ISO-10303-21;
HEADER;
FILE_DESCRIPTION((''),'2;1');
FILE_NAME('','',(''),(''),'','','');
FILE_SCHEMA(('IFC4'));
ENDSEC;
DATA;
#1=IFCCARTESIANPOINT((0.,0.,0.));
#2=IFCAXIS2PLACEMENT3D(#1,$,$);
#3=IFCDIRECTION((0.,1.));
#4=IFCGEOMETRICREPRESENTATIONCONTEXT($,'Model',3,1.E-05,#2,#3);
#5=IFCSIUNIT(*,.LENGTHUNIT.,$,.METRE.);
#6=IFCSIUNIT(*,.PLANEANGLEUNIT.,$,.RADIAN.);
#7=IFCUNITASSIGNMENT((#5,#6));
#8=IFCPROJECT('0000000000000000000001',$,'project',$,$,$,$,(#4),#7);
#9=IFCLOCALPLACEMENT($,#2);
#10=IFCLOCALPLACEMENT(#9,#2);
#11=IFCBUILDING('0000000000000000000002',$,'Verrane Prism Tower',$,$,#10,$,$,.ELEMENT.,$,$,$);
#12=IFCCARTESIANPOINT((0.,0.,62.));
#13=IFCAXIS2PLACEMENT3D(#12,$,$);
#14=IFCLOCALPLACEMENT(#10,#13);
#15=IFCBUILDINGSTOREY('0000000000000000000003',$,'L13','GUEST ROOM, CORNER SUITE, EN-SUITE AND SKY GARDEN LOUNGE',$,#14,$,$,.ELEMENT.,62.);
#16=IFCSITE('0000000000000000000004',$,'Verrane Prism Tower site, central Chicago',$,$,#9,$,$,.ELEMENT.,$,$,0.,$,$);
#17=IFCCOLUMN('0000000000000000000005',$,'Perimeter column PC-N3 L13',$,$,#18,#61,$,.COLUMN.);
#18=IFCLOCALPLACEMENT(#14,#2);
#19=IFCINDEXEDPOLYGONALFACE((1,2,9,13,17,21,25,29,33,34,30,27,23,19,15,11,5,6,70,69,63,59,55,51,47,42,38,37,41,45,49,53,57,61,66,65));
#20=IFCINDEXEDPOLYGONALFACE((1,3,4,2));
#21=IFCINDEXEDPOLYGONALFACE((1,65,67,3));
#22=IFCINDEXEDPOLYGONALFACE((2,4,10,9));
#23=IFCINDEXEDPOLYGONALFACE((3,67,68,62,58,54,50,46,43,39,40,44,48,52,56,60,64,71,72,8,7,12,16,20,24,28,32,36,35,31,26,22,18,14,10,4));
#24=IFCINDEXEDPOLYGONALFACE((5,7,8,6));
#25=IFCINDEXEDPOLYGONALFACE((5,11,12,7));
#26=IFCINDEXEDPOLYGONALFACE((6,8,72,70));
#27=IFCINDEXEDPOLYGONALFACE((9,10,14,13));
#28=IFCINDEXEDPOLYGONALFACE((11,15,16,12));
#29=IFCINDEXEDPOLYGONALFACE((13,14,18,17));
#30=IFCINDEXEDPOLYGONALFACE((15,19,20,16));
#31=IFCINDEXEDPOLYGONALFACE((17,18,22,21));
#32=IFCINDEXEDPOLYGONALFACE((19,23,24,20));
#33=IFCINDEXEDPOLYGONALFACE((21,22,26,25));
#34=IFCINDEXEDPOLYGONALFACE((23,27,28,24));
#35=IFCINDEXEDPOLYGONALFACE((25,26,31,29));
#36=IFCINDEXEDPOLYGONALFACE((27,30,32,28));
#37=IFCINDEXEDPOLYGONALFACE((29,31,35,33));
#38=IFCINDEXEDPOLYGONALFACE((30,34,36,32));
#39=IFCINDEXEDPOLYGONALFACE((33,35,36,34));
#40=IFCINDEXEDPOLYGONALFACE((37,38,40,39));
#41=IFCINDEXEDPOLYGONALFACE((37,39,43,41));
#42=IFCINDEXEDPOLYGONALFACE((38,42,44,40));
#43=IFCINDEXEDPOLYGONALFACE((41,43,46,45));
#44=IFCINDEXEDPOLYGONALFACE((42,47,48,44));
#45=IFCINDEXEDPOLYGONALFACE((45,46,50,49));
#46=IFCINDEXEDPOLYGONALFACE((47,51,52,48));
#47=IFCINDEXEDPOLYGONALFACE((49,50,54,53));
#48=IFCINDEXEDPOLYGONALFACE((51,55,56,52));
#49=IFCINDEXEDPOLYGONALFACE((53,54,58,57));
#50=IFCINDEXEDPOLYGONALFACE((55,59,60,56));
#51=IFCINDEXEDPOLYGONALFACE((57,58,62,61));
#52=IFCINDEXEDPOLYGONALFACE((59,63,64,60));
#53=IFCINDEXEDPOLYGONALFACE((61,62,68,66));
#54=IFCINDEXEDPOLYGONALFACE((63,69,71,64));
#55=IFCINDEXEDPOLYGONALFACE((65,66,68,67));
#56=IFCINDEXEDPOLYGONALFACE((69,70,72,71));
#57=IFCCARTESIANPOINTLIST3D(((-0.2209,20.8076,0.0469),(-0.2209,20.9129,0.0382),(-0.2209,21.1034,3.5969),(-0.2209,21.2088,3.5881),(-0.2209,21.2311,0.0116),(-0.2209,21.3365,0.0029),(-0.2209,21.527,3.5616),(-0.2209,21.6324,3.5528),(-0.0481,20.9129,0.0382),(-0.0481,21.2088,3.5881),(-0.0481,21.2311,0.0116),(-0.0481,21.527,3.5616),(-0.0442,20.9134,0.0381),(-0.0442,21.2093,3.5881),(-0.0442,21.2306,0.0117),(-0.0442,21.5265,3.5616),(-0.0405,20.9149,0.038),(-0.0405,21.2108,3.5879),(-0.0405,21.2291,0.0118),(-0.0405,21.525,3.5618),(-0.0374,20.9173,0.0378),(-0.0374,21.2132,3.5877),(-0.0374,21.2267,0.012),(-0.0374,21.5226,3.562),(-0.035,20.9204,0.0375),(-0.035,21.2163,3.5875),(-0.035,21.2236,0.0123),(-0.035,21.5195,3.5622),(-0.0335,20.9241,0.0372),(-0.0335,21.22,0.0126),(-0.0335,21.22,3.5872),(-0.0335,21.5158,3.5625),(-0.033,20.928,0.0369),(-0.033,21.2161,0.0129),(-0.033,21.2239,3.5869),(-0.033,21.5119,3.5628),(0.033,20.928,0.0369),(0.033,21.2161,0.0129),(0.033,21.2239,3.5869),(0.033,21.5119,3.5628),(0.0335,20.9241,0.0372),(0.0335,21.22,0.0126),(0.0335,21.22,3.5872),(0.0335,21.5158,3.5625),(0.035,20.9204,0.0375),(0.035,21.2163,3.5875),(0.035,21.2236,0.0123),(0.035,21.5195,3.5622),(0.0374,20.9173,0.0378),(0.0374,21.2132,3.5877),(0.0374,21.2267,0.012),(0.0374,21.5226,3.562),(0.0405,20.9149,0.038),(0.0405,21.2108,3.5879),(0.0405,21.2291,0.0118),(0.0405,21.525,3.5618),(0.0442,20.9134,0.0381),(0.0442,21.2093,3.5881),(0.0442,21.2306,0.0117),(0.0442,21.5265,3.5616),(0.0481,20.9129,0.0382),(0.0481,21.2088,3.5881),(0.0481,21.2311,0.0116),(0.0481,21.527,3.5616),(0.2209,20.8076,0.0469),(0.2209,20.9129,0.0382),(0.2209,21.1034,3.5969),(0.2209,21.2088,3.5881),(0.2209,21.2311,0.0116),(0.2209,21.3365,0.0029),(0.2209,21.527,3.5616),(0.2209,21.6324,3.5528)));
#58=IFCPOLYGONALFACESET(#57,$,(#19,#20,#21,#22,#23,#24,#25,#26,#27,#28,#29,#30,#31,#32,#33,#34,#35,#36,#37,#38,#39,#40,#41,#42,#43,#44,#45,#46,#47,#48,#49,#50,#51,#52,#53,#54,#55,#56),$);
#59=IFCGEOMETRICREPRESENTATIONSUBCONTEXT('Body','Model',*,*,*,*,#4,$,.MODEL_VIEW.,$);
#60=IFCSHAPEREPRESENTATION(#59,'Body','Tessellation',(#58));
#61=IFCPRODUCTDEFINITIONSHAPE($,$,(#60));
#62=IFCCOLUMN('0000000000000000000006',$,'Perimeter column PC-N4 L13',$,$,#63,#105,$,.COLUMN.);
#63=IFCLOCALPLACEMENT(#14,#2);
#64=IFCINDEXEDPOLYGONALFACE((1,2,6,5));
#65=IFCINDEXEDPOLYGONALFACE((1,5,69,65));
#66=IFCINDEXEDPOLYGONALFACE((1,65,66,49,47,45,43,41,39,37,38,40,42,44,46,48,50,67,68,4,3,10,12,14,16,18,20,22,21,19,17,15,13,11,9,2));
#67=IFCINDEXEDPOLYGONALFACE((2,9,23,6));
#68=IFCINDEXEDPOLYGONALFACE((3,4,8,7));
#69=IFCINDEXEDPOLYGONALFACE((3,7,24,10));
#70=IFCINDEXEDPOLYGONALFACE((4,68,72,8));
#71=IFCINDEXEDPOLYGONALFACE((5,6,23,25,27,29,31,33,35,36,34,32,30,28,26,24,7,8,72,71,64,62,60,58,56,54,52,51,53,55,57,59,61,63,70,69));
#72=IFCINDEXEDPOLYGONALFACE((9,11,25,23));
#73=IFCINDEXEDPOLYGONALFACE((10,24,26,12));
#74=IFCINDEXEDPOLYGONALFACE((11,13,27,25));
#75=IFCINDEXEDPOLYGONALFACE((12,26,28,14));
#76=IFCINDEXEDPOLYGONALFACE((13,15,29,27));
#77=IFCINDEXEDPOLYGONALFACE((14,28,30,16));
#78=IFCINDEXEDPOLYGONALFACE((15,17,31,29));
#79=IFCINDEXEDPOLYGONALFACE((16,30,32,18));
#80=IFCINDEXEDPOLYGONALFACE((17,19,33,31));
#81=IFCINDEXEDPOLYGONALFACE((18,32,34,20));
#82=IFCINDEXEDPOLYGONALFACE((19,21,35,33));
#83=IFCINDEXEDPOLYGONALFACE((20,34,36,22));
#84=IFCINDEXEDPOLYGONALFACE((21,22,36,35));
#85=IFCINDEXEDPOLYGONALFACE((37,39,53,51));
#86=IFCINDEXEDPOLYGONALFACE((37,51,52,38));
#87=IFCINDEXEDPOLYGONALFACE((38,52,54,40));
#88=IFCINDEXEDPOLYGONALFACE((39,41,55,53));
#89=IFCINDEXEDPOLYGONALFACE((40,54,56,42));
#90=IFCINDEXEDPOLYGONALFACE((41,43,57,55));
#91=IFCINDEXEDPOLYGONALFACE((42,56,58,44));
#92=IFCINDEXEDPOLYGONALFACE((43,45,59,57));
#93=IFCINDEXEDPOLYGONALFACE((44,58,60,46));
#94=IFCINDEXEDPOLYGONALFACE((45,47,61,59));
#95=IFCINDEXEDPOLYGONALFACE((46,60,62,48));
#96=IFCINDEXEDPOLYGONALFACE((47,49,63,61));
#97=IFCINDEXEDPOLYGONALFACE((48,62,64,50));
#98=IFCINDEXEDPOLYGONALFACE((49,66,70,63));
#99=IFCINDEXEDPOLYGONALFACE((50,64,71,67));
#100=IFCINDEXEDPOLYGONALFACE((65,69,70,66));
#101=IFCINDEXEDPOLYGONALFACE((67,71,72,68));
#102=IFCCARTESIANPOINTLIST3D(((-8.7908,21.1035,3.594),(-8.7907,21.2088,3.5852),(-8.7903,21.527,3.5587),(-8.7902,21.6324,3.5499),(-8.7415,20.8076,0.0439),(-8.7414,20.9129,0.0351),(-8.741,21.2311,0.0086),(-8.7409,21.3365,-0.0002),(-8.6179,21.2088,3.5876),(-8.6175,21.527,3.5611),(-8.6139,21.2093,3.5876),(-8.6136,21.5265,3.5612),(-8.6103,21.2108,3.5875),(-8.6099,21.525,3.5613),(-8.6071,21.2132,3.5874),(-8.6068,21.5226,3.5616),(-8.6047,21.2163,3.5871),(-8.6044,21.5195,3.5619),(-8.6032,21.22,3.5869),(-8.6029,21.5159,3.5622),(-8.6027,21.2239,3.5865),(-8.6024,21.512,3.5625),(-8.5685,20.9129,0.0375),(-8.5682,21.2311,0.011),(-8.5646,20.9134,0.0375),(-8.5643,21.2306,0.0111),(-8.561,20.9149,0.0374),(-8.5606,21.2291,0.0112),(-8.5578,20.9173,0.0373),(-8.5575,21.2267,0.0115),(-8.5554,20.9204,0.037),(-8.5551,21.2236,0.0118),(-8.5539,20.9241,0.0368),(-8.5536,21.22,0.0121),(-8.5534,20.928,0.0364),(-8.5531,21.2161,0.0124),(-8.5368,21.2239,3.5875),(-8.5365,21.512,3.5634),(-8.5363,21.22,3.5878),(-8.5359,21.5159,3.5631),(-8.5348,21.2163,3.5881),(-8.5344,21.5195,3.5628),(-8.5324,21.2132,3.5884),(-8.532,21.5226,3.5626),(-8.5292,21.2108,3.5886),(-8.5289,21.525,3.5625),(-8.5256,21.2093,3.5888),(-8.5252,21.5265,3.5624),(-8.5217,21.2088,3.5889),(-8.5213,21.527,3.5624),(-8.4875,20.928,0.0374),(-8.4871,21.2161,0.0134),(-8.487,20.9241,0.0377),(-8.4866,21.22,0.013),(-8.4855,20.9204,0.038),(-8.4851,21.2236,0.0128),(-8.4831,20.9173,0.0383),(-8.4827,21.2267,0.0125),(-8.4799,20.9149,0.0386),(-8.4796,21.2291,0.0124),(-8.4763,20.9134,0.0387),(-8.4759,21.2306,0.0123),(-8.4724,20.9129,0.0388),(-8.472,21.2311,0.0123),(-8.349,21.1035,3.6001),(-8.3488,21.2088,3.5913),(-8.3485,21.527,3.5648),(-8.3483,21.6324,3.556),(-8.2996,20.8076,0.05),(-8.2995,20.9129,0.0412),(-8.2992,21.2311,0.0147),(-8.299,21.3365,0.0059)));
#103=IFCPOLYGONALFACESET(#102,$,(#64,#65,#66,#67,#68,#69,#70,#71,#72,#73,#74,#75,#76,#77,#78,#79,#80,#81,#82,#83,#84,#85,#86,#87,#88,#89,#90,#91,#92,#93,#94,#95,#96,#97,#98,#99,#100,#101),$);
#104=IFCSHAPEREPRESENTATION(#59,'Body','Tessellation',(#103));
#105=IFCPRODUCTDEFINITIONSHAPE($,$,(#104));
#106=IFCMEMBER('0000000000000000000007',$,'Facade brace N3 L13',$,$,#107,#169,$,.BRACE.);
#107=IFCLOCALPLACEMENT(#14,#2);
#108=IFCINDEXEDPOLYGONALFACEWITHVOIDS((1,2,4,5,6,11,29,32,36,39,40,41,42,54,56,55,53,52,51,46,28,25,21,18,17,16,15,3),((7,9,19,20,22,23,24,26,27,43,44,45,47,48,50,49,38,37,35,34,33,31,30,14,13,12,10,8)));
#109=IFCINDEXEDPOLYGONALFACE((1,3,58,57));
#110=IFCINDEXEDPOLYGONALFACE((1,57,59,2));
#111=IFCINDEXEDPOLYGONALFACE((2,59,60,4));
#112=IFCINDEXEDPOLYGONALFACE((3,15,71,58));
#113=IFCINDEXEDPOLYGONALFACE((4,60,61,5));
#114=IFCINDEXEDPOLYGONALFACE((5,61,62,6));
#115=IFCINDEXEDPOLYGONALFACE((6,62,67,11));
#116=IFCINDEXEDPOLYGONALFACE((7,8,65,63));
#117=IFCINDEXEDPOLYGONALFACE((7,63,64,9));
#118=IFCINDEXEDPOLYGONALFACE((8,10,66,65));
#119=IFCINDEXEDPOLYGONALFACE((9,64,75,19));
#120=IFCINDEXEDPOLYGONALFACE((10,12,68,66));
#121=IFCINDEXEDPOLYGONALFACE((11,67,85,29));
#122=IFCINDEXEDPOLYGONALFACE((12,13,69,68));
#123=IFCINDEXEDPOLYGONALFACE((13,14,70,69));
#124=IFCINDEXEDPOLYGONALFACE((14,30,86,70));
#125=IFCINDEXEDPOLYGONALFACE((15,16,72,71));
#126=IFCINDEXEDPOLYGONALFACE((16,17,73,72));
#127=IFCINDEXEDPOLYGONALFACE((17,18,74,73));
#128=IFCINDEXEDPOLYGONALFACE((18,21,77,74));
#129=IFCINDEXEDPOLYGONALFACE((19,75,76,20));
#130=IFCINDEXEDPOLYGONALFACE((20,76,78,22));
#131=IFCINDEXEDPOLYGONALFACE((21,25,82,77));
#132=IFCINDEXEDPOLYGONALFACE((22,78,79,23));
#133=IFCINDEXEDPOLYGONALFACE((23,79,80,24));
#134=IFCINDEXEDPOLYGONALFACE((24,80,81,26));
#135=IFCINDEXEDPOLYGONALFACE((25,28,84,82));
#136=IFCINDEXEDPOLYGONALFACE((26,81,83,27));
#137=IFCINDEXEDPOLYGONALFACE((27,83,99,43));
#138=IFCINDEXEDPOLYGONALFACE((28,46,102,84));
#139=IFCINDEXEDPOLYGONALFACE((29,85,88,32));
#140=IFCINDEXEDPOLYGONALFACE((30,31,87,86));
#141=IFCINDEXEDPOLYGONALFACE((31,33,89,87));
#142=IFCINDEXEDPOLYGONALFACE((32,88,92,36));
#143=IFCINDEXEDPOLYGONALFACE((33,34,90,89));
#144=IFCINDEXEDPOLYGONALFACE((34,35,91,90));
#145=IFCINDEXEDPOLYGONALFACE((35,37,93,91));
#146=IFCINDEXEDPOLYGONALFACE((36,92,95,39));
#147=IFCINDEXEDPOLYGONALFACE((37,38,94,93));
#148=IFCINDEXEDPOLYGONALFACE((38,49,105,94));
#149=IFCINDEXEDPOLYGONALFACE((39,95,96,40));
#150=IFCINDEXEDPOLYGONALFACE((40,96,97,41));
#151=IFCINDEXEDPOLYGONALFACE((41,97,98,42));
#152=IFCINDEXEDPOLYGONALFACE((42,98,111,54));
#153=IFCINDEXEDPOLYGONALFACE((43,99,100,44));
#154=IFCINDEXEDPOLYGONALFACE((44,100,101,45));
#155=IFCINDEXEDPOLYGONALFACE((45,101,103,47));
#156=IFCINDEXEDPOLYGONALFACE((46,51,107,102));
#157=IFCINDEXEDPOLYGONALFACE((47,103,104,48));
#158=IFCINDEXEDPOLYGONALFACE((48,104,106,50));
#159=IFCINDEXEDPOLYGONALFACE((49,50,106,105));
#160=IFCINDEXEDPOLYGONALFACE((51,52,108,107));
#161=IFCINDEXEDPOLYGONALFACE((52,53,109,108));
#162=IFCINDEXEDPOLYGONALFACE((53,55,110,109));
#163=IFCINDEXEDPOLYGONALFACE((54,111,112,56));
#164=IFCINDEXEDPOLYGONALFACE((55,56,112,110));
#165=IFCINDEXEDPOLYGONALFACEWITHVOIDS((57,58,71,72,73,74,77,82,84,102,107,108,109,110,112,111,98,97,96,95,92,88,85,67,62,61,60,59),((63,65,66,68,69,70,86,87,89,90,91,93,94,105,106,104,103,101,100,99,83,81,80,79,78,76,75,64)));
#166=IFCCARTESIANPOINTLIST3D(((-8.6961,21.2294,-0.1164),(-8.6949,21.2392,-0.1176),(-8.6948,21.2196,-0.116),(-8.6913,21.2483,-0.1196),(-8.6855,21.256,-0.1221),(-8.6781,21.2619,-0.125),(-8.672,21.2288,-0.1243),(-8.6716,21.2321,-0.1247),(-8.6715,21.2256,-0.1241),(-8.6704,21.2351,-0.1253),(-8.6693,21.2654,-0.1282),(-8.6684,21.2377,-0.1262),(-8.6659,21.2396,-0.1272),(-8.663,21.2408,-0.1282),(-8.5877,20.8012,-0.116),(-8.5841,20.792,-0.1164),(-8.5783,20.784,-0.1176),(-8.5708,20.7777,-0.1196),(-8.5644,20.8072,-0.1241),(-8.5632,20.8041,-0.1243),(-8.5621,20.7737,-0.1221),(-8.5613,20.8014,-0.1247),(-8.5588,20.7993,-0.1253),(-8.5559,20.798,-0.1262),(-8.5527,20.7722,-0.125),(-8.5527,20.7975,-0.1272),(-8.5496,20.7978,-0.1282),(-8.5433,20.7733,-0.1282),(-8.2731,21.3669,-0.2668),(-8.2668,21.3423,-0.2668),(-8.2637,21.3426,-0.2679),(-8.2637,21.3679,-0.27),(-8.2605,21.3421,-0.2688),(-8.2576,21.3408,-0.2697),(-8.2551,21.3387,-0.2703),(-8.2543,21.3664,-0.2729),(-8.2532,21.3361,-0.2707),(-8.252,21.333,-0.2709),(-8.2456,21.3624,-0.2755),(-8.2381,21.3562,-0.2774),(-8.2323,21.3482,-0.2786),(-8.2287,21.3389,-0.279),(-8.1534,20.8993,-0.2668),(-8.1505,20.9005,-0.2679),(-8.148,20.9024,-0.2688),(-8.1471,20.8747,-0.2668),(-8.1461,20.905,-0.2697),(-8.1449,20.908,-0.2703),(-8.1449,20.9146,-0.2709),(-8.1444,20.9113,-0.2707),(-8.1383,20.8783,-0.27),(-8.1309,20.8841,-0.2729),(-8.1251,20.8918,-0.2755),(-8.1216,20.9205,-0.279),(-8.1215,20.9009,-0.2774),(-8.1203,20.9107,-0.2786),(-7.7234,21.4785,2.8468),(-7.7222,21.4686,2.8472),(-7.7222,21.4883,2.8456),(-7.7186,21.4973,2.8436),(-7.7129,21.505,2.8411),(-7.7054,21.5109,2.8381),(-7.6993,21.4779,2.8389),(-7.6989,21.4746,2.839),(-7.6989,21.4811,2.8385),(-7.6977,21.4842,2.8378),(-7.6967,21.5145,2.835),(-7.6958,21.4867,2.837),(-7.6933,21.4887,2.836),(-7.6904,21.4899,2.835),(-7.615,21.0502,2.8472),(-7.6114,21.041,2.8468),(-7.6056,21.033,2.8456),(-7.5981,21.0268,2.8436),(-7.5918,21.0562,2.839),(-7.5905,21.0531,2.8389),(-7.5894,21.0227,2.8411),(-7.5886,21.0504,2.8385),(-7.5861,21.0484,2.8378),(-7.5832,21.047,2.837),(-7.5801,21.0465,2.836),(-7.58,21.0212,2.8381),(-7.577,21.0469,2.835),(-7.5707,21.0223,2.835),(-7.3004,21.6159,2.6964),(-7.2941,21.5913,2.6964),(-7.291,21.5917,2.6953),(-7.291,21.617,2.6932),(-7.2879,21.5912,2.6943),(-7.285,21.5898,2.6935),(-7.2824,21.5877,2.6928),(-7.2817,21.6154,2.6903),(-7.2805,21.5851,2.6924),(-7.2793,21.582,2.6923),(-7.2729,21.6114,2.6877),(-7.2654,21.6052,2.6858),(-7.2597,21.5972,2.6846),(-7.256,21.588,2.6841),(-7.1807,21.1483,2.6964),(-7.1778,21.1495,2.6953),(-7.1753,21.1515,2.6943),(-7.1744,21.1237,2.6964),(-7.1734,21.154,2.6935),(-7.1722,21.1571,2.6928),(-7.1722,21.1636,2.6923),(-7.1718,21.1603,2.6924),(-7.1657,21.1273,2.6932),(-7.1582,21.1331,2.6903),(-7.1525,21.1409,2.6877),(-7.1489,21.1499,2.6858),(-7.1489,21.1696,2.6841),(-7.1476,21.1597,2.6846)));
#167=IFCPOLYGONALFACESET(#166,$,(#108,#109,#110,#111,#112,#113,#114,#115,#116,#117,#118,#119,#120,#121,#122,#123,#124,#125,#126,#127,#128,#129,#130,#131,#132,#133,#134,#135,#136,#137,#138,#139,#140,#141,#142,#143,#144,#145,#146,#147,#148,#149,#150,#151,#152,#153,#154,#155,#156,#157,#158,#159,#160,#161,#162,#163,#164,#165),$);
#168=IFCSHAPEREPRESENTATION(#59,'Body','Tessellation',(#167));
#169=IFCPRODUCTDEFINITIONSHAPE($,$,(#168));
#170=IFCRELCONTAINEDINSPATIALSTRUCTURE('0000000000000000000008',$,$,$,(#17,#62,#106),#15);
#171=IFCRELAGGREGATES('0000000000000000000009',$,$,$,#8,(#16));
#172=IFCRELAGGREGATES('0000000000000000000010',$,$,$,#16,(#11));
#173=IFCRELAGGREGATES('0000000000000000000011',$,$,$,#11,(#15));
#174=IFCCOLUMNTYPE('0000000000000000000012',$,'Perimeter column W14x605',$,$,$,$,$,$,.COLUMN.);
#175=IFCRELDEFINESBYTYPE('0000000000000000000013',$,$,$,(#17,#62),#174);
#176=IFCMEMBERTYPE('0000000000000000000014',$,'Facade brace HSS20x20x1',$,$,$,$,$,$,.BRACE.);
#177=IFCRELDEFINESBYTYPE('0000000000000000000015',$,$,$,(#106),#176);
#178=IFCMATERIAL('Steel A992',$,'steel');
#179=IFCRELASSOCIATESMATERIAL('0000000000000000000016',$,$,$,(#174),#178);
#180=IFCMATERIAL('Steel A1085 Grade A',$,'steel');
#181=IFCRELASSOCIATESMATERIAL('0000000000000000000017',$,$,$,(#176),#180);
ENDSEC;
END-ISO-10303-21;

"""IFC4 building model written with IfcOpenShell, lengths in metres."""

from ifc_helpers import new_model, si_unit, direction, frame, origin, origin_2d, place, context, subcontext, project, spatial, hollow_rectangle, i_section, extrude, material, material_profile, profile_set, type_object, element, save


model = new_model("IFC4")

# Units and contexts
model_context = context("Model", 3, precision=1e-05, world=origin(), true_north=direction((0.0, 1.0)))
body_context = subcontext(model_context, "Body", "Model", "MODEL_VIEW")
ifc_project = project(units=[si_unit("LENGTHUNIT", "METRE"), si_unit("PLANEANGLEUNIT", "RADIAN")], contexts=[model_context])

# Site, building, storey
site_placement = place(None, origin())
site = spatial("IfcSite", under=ifc_project, at=site_placement, Name="Verrane Prism Tower site, central Chicago", CompositionType="ELEMENT", RefElevation=0.0)
building_placement = place(site_placement, origin())
building = spatial("IfcBuilding", under=site, at=building_placement, Name="Verrane Prism Tower", CompositionType="ELEMENT")
storey_placement = place(building_placement, frame((0.0, 0.0, 62.0)))
storey = spatial("IfcBuildingStorey", under=building, at=storey_placement, Name="L13", Description="GUEST ROOM, CORNER SUITE, EN-SUITE AND SKY GARDEN LOUNGE", CompositionType="ELEMENT", Elevation=62.0)

# Columns
ifc_material_1 = material(Name="Steel A992", Category="steel")
ifc_material_profile_1 = material_profile(ifc_material_1, i_section(OverallWidth=0.4419, OverallDepth=0.5308, WebThickness=0.0659, FlangeThickness=0.1057, FilletRadius=0.0151, at=origin_2d()), Name="W14x605")
ifc_profile_set_1 = profile_set([ifc_material_profile_1], Name="Steel A992")
column_type = type_object("IfcColumnType", Name="Perimeter column W14x605", PredefinedType="COLUMN", material=ifc_profile_set_1)
column_1_placement = place(storey_placement, frame((0.0, 21.072, 0.0249), z_axis=(0.0, 0.083062, 0.996544), x_axis=(1.0, 0.0, 0.0)))
element("IfcColumn", 1, at=column_1_placement, inside=storey, type_object=column_type, Name="Perimeter column PC-N3 L13", PredefinedType="COLUMN", context=body_context, shape_type="SweptSolid", body=[
    extrude(i_section(OverallWidth=0.4419, OverallDepth=0.5308, WebThickness=0.0659, FlangeThickness=0.1057, FilletRadius=0.0151, at=origin_2d()), origin(), (0.0, 0.0, 1.0), 3.5623),
])
column_2_placement = place(storey_placement, frame((-8.5203, 21.072, 0.0249), z_axis=(-0.013842, 0.083055, 0.996449), x_axis=(0.999904, 0.000001, 0.01389)))
element("IfcColumn", 2, at=column_2_placement, inside=storey, type_object=column_type, Name="Perimeter column PC-N4 L13", PredefinedType="COLUMN", context=body_context, shape_type="SweptSolid", body=[
    extrude(i_section(OverallWidth=0.4419, OverallDepth=0.5308, WebThickness=0.0659, FlangeThickness=0.1057, FilletRadius=0.0151, at=origin_2d()), origin(), (0.0, 0.0, 1.0), 3.5627),
])

# Member
ifc_material_2 = material(Name="Steel A1085 Grade A", Category="steel")
ifc_material_profile_2 = material_profile(ifc_material_2, hollow_rectangle(XDim=0.5081, YDim=0.5081, WallThickness=0.0254, InnerFilletRadius=0.0127, OuterFilletRadius=0.0381, at=origin_2d()), Name="HSS20x20x1")
ifc_profile_set_2 = profile_set([ifc_material_profile_2], Name="Steel A1085 Grade A")
member_type_1 = type_object("IfcMemberType", Name="Facade brace HSS20x20x1", PredefinedType="BRACE", material=ifc_profile_set_2)
member_1_placement = place(storey_placement, frame((-8.4082, 21.0701, -0.1975), z_axis=(0.31089, 0.079595, 0.947107), x_axis=(-0.248024, 0.968754, 0.0)))
element("IfcMember", 3, at=member_1_placement, inside=storey, type_object=member_type_1, Name="Facade brace N3 L13", PredefinedType="BRACE", context=body_context, shape_type="SweptSolid", body=[
    extrude(hollow_rectangle(XDim=0.5081, YDim=0.5081, WallThickness=0.0254, InnerFilletRadius=0.0127, OuterFilletRadius=0.0381, at=origin_2d()), origin(), (0.0, 0.0, 1.0), 3.1287),
])

save(model, "model.ifc")
